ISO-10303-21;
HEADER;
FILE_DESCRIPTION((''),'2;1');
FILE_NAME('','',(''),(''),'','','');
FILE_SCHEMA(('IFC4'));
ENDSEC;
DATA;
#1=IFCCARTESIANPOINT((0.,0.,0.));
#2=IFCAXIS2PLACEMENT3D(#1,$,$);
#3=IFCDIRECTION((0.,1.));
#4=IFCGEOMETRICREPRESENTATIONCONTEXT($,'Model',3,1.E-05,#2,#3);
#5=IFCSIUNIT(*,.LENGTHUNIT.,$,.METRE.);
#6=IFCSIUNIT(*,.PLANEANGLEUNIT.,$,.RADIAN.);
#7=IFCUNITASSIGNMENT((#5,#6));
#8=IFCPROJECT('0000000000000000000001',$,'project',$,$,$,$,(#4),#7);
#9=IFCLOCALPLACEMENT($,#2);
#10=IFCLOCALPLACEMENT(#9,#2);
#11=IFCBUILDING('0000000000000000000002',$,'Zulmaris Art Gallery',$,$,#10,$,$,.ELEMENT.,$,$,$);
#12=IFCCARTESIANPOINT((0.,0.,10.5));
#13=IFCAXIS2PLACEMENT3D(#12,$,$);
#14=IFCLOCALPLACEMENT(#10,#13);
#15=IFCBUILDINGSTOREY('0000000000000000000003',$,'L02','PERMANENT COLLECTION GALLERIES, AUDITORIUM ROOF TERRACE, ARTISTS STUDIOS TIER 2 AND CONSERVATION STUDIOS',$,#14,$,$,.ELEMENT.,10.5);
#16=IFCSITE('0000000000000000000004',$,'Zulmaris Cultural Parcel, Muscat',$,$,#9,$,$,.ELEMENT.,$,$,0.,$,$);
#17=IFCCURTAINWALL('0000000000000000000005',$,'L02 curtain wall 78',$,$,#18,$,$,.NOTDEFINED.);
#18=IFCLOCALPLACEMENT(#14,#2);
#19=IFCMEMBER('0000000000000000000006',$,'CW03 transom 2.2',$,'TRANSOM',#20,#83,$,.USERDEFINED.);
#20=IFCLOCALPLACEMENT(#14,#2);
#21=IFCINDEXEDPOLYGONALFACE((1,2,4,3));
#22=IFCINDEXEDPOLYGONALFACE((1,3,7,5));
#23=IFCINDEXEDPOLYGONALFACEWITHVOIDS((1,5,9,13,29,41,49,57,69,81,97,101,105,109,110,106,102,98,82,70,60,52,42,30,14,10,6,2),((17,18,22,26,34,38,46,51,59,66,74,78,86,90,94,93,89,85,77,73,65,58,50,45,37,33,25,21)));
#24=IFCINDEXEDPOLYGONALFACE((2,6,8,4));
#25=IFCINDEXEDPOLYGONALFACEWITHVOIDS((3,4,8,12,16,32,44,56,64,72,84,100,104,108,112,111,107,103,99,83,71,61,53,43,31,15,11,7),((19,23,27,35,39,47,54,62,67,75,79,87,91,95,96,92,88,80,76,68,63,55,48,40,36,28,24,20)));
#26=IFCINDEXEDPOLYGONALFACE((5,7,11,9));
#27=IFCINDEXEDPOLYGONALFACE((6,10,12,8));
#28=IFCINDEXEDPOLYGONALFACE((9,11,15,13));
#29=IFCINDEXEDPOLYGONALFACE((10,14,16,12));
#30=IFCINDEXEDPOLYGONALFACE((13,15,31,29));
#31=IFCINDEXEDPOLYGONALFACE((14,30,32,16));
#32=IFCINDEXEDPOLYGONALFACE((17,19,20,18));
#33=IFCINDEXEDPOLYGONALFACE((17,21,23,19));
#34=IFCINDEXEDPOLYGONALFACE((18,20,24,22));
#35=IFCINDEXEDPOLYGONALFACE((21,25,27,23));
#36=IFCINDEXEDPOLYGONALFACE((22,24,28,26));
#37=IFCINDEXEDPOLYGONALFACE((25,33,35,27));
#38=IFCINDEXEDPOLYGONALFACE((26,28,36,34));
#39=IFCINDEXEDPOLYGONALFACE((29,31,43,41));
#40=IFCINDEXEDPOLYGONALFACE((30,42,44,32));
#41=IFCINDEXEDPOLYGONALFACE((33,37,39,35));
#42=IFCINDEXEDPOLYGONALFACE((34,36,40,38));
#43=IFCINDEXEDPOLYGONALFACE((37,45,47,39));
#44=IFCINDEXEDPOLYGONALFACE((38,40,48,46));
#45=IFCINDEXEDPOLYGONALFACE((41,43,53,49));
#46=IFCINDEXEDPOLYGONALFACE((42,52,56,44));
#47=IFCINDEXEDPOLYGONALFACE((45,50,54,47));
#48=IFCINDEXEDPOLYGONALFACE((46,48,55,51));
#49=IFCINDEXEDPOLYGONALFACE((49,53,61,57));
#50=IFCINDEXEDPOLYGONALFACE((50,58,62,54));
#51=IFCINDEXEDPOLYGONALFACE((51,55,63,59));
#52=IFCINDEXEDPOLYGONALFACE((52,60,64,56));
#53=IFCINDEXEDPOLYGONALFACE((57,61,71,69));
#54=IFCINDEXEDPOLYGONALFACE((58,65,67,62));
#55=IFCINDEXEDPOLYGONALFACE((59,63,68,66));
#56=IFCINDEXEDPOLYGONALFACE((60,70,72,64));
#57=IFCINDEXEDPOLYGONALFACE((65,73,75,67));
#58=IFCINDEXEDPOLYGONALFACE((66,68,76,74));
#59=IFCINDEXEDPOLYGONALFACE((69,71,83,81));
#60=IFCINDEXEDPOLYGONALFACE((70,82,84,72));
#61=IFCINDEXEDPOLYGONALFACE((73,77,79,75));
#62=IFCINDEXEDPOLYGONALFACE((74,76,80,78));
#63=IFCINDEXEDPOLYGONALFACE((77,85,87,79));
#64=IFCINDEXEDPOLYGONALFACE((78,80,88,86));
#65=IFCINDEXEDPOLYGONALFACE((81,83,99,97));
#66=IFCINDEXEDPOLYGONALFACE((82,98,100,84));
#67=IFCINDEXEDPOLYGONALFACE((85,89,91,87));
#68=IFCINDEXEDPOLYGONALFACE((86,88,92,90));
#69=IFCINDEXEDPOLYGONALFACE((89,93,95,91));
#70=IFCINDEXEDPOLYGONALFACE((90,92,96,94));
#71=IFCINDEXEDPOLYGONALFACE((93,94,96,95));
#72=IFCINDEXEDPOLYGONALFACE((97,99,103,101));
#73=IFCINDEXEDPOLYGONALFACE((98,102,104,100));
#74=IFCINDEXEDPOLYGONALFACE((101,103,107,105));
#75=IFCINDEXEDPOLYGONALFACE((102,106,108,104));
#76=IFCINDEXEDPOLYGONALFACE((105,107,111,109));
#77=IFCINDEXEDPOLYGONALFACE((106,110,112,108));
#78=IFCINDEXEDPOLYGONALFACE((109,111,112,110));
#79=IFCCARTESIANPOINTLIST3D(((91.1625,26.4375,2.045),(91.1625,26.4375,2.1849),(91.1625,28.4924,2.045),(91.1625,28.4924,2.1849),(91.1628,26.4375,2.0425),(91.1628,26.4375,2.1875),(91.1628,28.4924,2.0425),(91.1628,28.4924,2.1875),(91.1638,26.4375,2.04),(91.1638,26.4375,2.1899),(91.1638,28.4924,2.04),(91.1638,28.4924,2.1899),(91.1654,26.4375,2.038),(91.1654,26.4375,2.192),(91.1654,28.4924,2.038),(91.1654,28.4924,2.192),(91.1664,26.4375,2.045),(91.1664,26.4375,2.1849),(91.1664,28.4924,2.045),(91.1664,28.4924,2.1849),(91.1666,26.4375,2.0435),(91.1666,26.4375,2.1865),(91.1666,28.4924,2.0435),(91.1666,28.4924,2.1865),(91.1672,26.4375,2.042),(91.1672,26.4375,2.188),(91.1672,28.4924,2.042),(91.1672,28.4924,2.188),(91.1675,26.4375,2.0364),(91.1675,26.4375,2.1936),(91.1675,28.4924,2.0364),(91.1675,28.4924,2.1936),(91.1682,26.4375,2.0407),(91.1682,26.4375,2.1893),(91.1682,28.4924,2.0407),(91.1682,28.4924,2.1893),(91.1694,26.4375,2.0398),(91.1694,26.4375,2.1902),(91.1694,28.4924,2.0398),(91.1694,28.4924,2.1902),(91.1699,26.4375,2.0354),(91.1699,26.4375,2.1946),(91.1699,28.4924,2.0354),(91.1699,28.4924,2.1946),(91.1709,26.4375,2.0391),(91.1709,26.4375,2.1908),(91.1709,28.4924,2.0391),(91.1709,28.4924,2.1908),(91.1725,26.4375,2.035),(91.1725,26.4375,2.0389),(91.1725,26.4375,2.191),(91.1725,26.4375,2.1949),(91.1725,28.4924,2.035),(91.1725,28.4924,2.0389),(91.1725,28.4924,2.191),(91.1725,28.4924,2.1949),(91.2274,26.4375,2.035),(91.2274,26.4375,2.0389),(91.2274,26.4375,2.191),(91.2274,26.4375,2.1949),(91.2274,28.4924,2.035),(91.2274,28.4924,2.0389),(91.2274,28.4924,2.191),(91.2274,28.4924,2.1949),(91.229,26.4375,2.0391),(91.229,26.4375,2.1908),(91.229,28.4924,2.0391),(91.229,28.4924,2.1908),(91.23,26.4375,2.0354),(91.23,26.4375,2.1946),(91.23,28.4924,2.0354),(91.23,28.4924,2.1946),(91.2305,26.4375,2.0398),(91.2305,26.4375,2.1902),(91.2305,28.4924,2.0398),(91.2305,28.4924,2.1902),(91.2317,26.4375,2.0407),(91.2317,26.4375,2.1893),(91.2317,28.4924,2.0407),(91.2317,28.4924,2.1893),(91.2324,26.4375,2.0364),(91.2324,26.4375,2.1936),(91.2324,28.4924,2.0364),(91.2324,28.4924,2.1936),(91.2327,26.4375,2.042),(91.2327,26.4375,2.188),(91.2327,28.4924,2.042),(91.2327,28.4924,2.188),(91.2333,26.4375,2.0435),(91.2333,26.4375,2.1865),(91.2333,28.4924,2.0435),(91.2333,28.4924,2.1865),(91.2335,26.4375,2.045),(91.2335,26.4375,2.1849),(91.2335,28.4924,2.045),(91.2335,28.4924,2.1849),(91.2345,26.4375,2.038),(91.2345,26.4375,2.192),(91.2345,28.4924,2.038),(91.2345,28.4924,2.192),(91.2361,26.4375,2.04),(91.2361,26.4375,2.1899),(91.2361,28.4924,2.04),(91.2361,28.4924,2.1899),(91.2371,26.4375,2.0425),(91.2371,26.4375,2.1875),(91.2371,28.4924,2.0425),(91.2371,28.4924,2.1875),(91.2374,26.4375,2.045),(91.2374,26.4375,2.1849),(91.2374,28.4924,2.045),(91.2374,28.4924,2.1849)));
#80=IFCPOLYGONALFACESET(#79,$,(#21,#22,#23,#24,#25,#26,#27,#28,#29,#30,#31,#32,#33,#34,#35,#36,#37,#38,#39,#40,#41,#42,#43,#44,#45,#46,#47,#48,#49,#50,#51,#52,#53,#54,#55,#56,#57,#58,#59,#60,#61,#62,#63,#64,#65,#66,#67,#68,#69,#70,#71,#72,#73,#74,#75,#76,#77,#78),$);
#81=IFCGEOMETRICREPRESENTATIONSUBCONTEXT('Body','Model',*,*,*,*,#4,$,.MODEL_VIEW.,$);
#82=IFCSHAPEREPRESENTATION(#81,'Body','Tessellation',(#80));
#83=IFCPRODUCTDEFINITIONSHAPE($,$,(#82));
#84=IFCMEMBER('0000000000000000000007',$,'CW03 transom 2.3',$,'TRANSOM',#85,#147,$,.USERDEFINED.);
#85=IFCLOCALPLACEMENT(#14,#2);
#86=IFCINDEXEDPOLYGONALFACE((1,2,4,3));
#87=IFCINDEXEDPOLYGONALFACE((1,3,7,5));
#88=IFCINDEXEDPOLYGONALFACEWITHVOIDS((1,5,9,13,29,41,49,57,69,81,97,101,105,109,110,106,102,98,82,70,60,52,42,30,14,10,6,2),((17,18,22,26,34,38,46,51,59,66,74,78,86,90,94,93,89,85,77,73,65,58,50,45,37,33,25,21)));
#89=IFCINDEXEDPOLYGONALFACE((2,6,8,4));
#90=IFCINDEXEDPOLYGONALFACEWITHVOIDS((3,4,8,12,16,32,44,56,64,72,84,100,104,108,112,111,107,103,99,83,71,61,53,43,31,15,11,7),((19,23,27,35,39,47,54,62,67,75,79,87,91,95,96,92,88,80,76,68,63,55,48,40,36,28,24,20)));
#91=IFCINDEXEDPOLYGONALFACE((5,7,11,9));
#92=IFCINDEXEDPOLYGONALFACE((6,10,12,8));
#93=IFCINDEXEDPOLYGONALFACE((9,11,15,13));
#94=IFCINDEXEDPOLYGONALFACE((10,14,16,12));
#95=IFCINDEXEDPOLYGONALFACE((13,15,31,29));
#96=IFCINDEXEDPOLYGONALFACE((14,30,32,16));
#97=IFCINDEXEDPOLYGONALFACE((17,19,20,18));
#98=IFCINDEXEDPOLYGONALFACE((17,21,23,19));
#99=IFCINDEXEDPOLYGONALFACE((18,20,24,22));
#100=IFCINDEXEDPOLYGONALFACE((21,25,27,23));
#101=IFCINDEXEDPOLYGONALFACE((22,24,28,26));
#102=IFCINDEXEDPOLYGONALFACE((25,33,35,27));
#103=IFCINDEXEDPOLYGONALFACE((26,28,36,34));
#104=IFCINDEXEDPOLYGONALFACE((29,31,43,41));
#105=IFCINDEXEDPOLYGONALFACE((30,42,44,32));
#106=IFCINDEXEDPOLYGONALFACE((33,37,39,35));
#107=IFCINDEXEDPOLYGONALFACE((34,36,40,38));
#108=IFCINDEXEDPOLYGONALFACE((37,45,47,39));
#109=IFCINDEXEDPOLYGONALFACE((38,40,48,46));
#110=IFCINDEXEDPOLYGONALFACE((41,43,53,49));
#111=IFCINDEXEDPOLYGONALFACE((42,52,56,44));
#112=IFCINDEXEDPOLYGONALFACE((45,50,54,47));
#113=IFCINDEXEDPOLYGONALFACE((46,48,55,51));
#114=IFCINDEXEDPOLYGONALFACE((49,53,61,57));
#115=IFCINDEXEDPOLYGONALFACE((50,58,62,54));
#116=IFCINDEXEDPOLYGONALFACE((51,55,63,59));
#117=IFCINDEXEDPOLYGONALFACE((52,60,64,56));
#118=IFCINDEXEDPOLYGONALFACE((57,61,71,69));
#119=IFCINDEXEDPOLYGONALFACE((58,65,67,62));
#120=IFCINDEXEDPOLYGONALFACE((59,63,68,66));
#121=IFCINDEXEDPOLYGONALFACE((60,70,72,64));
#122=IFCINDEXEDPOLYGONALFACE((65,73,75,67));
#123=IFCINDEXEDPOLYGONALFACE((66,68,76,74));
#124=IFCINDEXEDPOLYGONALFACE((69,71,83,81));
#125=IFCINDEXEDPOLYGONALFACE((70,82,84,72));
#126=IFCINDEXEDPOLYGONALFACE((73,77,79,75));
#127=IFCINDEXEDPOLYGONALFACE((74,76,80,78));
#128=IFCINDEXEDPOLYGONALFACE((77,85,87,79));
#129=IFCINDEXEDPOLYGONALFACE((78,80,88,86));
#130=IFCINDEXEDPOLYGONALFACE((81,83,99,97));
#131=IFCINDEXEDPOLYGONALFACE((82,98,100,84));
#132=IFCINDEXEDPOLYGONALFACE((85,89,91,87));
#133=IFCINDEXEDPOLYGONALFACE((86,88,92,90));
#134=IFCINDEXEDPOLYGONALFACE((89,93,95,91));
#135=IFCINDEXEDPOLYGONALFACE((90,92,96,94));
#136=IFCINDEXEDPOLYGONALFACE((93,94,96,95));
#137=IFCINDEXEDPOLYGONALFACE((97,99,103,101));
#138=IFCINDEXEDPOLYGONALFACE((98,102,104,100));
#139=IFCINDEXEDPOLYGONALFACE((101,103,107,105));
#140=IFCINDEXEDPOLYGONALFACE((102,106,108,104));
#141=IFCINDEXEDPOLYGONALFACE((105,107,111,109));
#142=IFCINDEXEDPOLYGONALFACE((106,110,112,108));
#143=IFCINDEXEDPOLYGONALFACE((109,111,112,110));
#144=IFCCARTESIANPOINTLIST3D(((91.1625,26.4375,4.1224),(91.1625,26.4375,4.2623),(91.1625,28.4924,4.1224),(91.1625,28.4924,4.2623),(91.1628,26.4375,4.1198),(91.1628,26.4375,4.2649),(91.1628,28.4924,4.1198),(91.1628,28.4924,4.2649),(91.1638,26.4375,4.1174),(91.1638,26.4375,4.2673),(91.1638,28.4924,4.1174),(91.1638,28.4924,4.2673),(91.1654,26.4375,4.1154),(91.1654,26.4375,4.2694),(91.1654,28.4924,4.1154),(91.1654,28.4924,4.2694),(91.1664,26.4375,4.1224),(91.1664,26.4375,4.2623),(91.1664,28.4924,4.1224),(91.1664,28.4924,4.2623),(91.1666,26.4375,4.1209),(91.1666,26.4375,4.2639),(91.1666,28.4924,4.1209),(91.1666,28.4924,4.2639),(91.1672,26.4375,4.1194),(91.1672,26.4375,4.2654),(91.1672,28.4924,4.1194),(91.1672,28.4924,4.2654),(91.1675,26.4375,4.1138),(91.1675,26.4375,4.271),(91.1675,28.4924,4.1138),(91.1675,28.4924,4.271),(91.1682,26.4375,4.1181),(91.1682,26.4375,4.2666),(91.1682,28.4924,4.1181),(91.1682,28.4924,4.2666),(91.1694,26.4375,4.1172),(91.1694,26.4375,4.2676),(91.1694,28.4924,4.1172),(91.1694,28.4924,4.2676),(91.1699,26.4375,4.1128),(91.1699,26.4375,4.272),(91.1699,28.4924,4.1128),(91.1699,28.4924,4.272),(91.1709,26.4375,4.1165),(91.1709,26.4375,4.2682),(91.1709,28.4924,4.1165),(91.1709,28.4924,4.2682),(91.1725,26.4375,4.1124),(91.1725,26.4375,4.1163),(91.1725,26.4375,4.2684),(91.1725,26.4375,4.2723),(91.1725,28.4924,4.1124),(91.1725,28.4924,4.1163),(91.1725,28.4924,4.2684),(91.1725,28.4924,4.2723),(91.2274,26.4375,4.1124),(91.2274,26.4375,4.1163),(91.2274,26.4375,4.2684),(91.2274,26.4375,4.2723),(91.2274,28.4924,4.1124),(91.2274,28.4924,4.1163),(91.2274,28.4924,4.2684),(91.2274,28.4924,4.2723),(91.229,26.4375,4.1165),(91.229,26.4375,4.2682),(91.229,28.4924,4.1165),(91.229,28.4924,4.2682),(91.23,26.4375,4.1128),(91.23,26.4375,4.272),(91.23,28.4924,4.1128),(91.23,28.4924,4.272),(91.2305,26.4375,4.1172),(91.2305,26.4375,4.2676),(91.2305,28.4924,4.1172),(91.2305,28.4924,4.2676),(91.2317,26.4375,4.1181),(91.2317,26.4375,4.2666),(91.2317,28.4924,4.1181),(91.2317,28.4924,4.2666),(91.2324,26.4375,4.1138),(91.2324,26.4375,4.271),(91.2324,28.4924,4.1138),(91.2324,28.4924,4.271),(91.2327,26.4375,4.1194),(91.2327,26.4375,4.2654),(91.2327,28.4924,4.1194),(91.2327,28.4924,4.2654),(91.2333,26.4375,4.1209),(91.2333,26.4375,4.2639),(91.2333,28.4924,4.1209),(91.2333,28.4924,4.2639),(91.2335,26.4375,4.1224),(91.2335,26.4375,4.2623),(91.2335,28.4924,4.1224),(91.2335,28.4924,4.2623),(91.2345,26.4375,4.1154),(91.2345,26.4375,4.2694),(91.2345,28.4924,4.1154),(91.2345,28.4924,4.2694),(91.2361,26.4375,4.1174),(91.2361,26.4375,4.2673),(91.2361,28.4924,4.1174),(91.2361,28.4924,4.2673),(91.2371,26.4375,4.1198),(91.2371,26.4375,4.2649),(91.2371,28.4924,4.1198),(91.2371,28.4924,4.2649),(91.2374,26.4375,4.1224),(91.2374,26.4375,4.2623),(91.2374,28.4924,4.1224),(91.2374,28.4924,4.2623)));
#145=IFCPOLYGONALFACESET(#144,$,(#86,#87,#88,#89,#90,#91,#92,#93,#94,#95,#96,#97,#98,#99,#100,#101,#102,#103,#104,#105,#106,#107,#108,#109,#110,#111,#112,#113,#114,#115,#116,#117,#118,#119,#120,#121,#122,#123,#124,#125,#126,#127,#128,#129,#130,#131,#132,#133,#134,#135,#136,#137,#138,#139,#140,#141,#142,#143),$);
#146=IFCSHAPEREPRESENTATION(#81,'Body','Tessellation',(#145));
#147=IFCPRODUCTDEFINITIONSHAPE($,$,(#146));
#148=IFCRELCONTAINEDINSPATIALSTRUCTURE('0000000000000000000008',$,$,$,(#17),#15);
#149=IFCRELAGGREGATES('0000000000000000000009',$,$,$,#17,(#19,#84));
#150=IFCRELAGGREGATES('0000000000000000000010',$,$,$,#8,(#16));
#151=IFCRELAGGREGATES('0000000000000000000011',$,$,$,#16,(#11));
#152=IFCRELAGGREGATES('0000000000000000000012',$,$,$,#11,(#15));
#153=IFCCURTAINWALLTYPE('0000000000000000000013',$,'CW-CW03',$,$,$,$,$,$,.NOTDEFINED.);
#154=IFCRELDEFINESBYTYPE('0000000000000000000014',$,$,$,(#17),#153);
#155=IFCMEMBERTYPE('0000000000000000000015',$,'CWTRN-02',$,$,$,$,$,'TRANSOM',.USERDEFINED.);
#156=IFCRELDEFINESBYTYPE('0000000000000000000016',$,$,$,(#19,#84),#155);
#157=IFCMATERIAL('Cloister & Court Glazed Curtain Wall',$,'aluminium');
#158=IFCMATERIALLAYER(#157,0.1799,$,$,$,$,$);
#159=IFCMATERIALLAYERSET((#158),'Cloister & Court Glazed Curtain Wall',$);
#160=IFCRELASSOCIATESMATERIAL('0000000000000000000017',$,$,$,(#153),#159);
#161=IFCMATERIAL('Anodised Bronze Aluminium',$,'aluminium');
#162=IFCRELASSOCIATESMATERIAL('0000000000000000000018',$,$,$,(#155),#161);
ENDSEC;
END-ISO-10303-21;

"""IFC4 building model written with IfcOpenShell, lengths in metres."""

from ifc_helpers import new_model, si_unit, direction, frame, origin, origin_2d, place, context, subcontext, project, spatial, hollow_rectangle, extrude, material, layer, layer_set, material_profile, profile_set, type_object, element, aggregate, save


model = new_model("IFC4")

# Units and contexts
model_context = context("Model", 3, precision=1e-05, world=origin(), true_north=direction((0.0, 1.0)))
body_context = subcontext(model_context, "Body", "Model", "MODEL_VIEW")
ifc_project = project(units=[si_unit("LENGTHUNIT", "METRE"), si_unit("PLANEANGLEUNIT", "RADIAN")], contexts=[model_context])

# Site, building, storey
site_placement = place(None, origin())
site = spatial("IfcSite", under=ifc_project, at=site_placement, Name="Zulmaris Cultural Parcel, Muscat", CompositionType="ELEMENT", RefElevation=0.0)
building_placement = place(site_placement, origin())
building = spatial("IfcBuilding", under=site, at=building_placement, Name="Zulmaris Art Gallery", CompositionType="ELEMENT")
storey_placement = place(building_placement, frame((0.0, 0.0, 10.5)))
storey = spatial("IfcBuildingStorey", under=building, at=storey_placement, Name="L02", Description="PERMANENT COLLECTION GALLERIES, AUDITORIUM ROOF TERRACE, ARTISTS STUDIOS TIER 2 AND CONSERVATION STUDIOS", CompositionType="ELEMENT", Elevation=10.5)

# Curtain wall
ifc_material_1 = material(Name="Cloister & Court Glazed Curtain Wall", Category="aluminium")
ifc_layer_1 = layer(ifc_material_1, 0.1799)
ifc_layer_set_1 = layer_set([ifc_layer_1], Name="Cloister & Court Glazed Curtain Wall")
curtain_wall_type = type_object("IfcCurtainWallType", Name="CW-CW03", PredefinedType="NOTDEFINED", material=ifc_layer_set_1)
curtain_wall_1_placement = place(storey_placement, origin())
curtain_wall_1 = element("IfcCurtainWall", 1, at=curtain_wall_1_placement, inside=storey, type_object=curtain_wall_type, Name="L02 curtain wall 78", PredefinedType="NOTDEFINED")
ifc_material_2 = material(Name="Anodised Bronze Aluminium", Category="aluminium")

# Members
ifc_material_profile_1 = material_profile(ifc_material_2, hollow_rectangle(XDim=0.075, YDim=0.1599, WallThickness=0.0039, InnerFilletRadius=0.0061, OuterFilletRadius=0.01, at=origin_2d()), Name="ALU 75x160x4")
ifc_profile_set_1 = profile_set([ifc_material_profile_1], Name="Anodised Bronze Aluminium")
member_type_1 = type_object("IfcMemberType", Name="CWTRN-02", ElementType="TRANSOM", PredefinedType="USERDEFINED", material=ifc_profile_set_1)
member_1_placement = place(storey_placement, frame((91.2, 28.4924, 2.115), z_axis=(0.0, -1.0, 0.0), x_axis=(1.0, 0.0, 0.0)))
member_1 = element("IfcMember", 2, at=member_1_placement, type_object=member_type_1, Name="CW03 transom 2.2", ObjectType="TRANSOM", PredefinedType="USERDEFINED", context=body_context, shape_type="SweptSolid", body=[
    extrude(hollow_rectangle(XDim=0.075, YDim=0.1599, WallThickness=0.0039, InnerFilletRadius=0.0061, OuterFilletRadius=0.01, at=origin_2d()), origin(), (0.0, 0.0, 1.0), 2.0549),
])
member_2_placement = place(storey_placement, frame((91.2, 28.4924, 4.1924), z_axis=(0.0, -1.0, 0.0), x_axis=(1.0, 0.0, 0.0)))
member_2 = element("IfcMember", 3, at=member_2_placement, type_object=member_type_1, Name="CW03 transom 2.3", ObjectType="TRANSOM", PredefinedType="USERDEFINED", context=body_context, shape_type="SweptSolid", body=[
    extrude(hollow_rectangle(XDim=0.075, YDim=0.1599, WallThickness=0.0039, InnerFilletRadius=0.0061, OuterFilletRadius=0.01, at=origin_2d()), origin(), (0.0, 0.0, 1.0), 2.0549),
])

aggregate(curtain_wall_1, [member_1, member_2])

save(model, "model.ifc")
